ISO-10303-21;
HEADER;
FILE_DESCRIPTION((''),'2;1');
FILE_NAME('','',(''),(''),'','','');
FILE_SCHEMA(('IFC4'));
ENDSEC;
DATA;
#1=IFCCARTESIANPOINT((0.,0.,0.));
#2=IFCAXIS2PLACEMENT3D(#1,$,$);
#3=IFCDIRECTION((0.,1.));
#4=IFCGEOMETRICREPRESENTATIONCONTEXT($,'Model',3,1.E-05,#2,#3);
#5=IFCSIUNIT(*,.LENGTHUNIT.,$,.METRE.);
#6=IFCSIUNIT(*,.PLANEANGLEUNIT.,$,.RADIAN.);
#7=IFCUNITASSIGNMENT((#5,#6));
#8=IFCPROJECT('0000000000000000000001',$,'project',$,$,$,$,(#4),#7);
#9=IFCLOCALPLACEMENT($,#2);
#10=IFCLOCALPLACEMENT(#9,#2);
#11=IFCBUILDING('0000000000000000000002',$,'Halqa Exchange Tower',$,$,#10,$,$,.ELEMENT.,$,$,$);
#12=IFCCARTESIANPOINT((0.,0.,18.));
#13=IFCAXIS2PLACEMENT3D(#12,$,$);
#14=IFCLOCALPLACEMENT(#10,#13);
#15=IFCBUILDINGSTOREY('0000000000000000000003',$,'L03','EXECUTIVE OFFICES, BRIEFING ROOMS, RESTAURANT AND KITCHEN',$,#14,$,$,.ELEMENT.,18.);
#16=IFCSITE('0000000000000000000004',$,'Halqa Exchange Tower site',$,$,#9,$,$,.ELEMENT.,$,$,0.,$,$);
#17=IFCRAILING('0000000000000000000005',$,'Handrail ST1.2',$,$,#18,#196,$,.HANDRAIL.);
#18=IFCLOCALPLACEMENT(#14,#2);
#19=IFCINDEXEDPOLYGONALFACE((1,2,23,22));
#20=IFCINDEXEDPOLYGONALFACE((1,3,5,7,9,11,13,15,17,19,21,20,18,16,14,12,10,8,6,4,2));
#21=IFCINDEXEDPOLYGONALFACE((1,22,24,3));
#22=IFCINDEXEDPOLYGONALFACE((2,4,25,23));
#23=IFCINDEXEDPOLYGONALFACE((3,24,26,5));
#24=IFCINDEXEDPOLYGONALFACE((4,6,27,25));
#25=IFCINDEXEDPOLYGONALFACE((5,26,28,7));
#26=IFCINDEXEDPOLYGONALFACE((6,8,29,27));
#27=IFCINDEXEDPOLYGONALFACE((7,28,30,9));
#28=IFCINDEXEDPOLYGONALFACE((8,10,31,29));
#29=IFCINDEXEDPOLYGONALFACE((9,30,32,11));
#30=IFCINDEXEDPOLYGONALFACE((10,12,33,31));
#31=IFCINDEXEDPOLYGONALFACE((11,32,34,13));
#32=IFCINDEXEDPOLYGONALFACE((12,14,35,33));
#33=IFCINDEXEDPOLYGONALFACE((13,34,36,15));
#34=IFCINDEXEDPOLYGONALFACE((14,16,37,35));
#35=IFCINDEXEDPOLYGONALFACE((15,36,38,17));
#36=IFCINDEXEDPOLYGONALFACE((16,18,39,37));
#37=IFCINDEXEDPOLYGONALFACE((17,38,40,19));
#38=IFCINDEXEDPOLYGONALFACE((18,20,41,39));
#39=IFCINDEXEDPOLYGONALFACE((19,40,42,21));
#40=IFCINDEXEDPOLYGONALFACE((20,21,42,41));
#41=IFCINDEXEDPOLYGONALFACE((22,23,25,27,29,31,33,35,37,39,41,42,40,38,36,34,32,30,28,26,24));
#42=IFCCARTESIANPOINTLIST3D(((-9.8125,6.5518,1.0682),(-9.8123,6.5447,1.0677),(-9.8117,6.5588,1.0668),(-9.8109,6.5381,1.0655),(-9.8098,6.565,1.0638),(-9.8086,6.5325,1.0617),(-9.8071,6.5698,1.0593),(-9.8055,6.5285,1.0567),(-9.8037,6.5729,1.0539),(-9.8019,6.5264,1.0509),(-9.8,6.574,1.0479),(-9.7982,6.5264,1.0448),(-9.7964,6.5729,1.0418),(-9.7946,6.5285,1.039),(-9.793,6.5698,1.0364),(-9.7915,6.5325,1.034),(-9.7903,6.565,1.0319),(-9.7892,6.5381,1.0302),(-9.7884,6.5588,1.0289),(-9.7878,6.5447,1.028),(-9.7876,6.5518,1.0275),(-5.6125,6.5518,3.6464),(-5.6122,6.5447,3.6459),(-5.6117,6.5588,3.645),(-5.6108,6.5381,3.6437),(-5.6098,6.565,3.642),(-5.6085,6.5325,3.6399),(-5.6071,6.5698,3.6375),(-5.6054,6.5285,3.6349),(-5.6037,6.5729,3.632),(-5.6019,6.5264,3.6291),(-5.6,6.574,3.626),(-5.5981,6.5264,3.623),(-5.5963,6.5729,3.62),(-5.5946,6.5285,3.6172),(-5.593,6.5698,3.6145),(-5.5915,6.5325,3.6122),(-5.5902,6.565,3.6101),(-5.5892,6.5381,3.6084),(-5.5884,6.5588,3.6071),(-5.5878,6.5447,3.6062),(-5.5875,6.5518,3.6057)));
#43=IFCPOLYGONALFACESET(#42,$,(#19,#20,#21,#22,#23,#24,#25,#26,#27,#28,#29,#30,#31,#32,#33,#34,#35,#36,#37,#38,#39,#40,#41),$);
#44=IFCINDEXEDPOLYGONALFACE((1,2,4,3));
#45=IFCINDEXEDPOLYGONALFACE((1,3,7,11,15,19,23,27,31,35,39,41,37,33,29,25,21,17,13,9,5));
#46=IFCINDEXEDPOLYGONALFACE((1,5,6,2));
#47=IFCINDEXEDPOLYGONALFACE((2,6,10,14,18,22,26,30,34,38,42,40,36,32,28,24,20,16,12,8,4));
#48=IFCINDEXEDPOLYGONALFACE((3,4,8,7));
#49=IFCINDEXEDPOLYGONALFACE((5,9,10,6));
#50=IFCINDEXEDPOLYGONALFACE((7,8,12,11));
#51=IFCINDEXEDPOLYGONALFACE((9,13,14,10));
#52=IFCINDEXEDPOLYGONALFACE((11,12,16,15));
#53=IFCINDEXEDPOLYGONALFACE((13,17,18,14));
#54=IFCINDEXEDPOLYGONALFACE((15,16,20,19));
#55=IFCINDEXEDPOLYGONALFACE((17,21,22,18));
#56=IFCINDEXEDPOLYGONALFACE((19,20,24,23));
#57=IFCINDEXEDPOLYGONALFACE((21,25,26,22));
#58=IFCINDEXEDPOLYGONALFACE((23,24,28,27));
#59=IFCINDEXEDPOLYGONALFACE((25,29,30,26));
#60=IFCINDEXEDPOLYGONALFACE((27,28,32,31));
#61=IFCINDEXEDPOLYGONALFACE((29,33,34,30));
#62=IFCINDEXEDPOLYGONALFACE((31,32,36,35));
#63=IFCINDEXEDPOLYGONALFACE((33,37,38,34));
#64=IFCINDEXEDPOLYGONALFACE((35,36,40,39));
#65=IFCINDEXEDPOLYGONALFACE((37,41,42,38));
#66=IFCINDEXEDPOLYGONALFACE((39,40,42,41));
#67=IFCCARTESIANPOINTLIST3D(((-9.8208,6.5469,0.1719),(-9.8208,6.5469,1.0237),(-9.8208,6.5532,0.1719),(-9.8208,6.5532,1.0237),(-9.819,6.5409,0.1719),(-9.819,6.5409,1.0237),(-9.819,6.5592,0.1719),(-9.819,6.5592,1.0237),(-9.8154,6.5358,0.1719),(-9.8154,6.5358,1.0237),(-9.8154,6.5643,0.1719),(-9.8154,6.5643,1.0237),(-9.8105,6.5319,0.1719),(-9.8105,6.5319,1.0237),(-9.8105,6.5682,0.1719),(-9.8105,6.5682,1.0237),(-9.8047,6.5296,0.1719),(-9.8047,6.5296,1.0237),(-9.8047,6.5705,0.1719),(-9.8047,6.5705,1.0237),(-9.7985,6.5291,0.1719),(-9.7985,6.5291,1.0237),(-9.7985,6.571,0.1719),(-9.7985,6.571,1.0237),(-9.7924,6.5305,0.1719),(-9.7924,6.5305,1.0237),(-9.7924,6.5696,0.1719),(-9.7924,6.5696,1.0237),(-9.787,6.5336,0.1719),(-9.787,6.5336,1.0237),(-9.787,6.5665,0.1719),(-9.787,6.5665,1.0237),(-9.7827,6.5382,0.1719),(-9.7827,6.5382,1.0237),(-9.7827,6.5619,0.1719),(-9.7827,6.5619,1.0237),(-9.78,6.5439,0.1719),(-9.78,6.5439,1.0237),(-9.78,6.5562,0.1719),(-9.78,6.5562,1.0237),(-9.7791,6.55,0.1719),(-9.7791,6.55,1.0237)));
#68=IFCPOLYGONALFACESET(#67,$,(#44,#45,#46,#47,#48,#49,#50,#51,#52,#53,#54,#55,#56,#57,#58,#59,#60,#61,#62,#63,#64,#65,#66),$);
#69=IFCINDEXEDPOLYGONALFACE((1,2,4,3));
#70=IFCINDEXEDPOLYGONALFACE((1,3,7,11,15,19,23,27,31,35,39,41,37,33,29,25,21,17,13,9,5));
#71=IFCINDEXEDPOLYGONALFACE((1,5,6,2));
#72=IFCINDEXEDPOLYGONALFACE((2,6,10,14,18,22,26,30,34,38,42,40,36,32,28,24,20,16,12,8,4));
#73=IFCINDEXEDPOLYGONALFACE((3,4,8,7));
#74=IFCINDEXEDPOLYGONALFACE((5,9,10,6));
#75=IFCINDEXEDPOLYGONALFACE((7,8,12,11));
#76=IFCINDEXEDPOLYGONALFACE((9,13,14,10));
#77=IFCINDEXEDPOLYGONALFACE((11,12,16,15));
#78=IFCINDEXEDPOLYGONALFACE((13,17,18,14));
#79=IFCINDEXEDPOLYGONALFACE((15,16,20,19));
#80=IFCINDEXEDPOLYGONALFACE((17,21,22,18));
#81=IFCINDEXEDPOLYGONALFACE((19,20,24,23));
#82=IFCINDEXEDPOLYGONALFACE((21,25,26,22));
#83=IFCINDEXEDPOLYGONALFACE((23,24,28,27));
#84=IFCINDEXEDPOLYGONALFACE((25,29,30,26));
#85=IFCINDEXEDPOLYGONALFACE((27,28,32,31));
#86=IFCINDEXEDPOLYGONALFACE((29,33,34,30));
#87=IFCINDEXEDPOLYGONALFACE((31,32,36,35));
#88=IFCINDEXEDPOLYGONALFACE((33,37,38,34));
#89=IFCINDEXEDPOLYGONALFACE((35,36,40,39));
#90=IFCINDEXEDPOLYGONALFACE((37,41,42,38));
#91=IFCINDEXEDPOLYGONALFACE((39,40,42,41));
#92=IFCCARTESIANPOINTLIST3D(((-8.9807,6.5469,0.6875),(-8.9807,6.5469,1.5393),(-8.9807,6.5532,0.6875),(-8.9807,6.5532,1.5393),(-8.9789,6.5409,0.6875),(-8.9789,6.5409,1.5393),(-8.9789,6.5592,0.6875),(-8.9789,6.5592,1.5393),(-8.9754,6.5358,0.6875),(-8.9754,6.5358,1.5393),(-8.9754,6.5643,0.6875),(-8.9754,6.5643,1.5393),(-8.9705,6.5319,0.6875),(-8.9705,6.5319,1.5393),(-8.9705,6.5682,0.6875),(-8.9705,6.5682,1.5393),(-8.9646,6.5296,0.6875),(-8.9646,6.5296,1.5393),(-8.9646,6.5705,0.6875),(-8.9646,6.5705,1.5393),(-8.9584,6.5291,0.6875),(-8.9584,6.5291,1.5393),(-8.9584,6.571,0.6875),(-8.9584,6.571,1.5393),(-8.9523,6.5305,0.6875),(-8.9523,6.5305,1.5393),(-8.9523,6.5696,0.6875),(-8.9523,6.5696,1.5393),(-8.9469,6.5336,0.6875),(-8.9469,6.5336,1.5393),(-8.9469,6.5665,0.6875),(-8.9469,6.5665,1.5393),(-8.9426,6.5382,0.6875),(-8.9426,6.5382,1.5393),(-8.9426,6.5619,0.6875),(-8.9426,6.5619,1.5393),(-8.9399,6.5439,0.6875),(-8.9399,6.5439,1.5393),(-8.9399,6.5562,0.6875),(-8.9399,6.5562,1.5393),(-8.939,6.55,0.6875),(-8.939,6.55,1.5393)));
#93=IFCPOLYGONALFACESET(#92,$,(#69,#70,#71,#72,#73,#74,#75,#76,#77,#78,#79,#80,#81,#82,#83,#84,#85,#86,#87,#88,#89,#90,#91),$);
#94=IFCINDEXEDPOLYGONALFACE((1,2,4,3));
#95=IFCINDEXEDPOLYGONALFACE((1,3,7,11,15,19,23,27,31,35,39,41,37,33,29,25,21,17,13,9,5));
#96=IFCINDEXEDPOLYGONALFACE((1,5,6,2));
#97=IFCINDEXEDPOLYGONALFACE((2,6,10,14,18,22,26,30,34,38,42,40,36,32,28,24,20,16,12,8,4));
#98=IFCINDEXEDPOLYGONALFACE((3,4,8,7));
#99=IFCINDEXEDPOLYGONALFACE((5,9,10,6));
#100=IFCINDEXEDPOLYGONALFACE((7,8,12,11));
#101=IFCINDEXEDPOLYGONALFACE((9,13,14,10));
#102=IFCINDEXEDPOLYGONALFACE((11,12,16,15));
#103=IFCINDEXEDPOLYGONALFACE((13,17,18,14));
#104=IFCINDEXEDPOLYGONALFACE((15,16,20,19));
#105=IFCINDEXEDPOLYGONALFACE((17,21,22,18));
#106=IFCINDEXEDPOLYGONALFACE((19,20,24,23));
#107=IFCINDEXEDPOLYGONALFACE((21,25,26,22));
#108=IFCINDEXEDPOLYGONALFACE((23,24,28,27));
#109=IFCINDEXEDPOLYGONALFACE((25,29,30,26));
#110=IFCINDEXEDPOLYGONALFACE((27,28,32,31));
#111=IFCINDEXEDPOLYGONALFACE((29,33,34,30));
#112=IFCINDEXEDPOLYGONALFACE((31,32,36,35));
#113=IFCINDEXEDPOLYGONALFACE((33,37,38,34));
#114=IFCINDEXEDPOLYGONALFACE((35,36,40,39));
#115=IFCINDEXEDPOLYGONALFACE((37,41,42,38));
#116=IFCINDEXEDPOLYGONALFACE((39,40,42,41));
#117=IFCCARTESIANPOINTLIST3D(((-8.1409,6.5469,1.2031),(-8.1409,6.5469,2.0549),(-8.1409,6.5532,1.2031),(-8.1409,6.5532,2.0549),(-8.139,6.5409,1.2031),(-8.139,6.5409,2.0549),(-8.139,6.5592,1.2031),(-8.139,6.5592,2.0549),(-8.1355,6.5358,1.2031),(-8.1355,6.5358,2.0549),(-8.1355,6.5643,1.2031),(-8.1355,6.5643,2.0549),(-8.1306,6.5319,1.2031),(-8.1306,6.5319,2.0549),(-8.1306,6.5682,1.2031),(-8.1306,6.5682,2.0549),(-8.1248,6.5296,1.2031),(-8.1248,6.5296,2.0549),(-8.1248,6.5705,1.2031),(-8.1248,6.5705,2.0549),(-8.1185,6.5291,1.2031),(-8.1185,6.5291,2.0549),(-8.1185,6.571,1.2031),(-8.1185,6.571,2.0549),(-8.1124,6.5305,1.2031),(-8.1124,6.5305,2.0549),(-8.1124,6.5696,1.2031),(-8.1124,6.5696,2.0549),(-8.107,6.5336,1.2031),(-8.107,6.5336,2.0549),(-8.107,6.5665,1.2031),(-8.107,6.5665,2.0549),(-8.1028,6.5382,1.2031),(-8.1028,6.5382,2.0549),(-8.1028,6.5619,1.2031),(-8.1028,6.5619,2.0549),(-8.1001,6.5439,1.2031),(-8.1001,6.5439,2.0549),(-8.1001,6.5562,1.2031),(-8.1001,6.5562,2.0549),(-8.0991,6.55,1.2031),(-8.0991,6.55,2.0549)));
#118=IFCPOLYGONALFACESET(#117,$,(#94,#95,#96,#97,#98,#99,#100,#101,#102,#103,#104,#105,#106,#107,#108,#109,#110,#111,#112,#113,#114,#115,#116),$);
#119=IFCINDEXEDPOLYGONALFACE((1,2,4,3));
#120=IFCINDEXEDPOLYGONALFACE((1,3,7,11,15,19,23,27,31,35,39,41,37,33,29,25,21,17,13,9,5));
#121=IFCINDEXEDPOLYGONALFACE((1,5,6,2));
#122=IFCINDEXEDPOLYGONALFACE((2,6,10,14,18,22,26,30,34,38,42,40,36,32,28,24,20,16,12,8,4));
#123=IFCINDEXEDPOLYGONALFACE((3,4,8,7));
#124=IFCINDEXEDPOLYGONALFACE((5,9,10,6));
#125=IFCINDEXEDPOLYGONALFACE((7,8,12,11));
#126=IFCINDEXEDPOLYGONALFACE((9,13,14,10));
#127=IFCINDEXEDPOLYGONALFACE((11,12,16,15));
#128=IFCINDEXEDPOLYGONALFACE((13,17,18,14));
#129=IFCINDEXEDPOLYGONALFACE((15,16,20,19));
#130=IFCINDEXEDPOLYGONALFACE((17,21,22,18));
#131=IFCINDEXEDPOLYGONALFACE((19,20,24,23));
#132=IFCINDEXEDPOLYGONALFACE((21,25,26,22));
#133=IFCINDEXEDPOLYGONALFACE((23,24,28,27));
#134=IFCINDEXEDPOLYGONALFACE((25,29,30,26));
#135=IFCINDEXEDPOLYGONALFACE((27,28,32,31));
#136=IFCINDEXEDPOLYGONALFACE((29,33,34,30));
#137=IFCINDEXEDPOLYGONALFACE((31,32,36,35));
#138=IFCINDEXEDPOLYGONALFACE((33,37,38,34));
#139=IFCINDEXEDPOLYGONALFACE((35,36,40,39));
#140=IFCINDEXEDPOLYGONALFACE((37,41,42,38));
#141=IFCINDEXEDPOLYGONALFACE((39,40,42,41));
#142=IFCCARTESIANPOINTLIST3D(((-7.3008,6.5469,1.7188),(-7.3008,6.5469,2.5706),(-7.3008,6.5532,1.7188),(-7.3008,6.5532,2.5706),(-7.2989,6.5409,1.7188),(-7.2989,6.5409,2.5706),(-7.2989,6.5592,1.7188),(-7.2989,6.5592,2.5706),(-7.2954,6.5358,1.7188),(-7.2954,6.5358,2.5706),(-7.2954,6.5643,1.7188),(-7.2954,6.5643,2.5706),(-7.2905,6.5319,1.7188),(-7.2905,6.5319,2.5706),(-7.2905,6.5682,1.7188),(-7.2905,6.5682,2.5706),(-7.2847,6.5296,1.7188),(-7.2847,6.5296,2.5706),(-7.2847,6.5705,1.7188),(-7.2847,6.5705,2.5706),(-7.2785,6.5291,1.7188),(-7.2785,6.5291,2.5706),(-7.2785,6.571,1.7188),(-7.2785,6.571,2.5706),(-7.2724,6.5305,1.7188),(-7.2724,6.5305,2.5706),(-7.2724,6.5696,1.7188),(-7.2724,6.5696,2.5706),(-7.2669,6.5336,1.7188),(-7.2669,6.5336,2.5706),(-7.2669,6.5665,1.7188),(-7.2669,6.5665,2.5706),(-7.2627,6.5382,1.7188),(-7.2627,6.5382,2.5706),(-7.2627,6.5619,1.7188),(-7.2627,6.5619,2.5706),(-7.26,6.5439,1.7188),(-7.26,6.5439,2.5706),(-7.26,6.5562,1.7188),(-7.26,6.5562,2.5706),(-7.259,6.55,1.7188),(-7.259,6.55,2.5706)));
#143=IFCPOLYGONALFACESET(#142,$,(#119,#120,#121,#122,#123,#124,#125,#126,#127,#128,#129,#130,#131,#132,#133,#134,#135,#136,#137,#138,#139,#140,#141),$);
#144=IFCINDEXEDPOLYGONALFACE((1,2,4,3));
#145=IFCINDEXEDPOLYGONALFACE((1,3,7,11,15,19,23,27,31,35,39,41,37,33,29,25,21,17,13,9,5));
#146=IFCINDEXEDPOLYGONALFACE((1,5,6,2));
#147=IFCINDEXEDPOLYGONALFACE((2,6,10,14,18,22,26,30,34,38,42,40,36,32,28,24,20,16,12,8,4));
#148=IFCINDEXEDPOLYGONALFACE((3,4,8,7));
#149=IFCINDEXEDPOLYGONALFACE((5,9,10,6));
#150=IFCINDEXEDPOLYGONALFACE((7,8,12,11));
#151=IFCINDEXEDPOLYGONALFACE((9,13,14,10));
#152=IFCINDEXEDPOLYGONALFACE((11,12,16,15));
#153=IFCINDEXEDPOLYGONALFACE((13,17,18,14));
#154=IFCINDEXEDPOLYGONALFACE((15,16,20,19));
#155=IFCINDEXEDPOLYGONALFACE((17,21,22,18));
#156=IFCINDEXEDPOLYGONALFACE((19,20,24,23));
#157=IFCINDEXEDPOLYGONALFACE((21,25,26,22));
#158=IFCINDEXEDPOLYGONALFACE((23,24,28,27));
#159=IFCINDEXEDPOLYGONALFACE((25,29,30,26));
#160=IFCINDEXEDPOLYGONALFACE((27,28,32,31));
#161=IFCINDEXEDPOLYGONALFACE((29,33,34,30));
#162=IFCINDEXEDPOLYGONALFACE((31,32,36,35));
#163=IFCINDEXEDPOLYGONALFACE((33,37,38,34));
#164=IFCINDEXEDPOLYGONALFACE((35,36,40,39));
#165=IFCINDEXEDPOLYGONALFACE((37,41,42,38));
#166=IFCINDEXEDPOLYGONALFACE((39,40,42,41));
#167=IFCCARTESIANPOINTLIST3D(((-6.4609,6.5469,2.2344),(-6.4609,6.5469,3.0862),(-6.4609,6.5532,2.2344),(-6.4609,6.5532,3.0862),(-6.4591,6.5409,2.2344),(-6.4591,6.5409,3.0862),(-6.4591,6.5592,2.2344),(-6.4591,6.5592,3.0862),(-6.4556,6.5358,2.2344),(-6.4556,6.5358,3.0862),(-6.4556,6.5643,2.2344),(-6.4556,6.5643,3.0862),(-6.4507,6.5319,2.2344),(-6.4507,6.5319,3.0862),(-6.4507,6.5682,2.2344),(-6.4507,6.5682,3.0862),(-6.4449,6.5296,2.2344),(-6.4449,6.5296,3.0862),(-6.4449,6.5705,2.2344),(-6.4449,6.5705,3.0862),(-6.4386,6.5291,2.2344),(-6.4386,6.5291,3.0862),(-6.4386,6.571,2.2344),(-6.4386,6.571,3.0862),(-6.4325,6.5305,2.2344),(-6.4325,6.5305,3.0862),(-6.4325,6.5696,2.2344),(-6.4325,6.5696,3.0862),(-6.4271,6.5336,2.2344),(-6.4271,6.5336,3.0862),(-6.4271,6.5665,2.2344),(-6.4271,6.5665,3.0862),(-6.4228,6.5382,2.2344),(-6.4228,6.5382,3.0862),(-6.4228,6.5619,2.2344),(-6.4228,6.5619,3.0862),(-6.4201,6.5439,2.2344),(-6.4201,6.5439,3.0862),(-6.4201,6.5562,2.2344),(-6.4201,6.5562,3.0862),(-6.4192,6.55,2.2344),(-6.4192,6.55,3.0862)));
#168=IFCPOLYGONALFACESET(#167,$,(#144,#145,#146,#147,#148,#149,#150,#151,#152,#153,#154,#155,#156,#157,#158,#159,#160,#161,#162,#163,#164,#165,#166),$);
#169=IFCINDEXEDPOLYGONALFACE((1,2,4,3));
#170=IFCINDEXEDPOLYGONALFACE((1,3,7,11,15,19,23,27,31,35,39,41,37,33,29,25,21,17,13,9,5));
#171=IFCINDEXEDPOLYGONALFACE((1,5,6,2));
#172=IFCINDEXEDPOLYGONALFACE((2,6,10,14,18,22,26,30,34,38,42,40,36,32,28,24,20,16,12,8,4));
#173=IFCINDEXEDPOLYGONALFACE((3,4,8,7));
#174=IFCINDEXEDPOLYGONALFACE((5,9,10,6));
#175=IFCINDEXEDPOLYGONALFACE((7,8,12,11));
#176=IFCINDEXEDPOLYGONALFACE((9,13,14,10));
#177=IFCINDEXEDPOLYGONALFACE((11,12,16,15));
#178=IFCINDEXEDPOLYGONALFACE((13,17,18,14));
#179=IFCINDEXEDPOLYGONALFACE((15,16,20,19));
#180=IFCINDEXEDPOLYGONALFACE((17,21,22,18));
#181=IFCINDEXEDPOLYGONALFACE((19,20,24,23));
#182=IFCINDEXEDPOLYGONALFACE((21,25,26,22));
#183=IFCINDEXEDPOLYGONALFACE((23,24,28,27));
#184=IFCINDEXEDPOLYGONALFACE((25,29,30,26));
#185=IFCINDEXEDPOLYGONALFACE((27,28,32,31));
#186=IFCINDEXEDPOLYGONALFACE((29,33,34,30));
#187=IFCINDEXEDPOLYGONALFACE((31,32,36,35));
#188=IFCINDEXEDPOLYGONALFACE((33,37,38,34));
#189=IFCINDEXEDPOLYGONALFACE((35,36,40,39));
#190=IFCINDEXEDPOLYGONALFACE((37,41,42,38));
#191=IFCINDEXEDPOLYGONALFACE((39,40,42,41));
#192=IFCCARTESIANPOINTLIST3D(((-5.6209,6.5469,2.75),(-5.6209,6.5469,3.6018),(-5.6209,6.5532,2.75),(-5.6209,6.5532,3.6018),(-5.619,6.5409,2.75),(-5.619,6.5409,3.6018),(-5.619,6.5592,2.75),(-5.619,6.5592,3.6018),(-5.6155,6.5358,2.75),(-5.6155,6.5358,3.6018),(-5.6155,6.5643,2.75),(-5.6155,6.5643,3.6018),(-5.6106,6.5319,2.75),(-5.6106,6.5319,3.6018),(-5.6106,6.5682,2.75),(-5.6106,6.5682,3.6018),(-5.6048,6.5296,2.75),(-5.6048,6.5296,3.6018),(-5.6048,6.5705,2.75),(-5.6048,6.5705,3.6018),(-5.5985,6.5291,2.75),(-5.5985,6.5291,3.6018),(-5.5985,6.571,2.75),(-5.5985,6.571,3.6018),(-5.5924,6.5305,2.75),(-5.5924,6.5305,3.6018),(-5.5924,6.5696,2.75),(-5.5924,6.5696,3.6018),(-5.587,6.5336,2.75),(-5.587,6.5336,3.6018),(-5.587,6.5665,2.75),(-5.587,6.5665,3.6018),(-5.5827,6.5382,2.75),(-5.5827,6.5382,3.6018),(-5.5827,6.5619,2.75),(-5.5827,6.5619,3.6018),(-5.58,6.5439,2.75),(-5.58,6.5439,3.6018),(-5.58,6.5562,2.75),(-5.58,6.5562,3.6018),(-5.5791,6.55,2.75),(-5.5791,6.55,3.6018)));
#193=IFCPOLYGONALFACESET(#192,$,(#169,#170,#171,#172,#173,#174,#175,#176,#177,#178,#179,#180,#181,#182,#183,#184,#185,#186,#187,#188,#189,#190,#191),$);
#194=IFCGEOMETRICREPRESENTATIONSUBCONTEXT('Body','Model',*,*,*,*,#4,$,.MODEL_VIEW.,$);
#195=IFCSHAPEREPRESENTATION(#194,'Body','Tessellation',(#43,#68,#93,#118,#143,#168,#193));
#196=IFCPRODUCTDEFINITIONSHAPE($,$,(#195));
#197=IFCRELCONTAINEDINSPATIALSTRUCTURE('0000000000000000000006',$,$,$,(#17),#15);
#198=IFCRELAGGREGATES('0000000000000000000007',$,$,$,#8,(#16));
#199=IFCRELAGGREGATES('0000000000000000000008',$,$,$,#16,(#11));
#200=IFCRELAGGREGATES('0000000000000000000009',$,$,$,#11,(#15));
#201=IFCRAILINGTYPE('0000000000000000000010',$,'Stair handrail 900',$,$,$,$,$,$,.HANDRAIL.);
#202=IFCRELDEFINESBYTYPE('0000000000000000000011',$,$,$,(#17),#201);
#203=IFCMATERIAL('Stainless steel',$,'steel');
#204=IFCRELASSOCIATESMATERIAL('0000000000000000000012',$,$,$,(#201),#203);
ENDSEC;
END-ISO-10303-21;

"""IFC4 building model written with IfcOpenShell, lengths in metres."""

from ifc_helpers import new_model, si_unit, direction, frame, origin, origin_2d, place, context, subcontext, project, spatial, circle, extrude, material, type_object, element, save


model = new_model("IFC4")

# Units and contexts
model_context = context("Model", 3, precision=1e-05, world=origin(), true_north=direction((0.0, 1.0)))
body_context = subcontext(model_context, "Body", "Model", "MODEL_VIEW")
ifc_project = project(units=[si_unit("LENGTHUNIT", "METRE"), si_unit("PLANEANGLEUNIT", "RADIAN")], contexts=[model_context])

# Site, building, storey
site_placement = place(None, origin())
site = spatial("IfcSite", under=ifc_project, at=site_placement, Name="Halqa Exchange Tower site", CompositionType="ELEMENT", RefElevation=0.0)
building_placement = place(site_placement, origin())
building = spatial("IfcBuilding", under=site, at=building_placement, Name="Halqa Exchange Tower", CompositionType="ELEMENT")
storey_placement = place(building_placement, frame((0.0, 0.0, 18.0)))
storey = spatial("IfcBuildingStorey", under=building, at=storey_placement, Name="L03", Description="EXECUTIVE OFFICES, BRIEFING ROOMS, RESTAURANT AND KITCHEN", CompositionType="ELEMENT", Elevation=18.0)

# Shared definitions
ifc_material_1 = material(Name="Stainless steel", Category="steel")

# Railing
railing_type_1 = type_object("IfcRailingType", Name="Stair handrail 900", PredefinedType="HANDRAIL", material=ifc_material_1)
railing_1_placement = place(storey_placement, frame((-9.8, 6.55, 0.1719)))
element("IfcRailing", 1, at=railing_1_placement, inside=storey, type_object=railing_type_1, Name="Handrail ST1.2", PredefinedType="HANDRAIL", context=body_context, shape_type="SweptSolid", body=[
    extrude(circle(Radius=0.0239, at=origin_2d()), frame((0.0, 0.0, 0.876), z_axis=(0.852243, 0.0, 0.523146), x_axis=(0.0, 1.0, 0.0)), (0.0, 0.0, 1.0), 4.9282),
    extrude(circle(Radius=0.021, at=origin_2d()), origin(), (0.0, 0.0, 1.0), 0.8518),
    extrude(circle(Radius=0.021, at=origin_2d()), frame((0.8401, 0.0, 0.5156)), (0.0, 0.0, 1.0), 0.8518),
    extrude(circle(Radius=0.021, at=origin_2d()), frame((1.6799, 0.0, 1.0312)), (0.0, 0.0, 1.0), 0.8518),
    extrude(circle(Radius=0.021, at=origin_2d()), frame((2.52, 0.0, 1.5469)), (0.0, 0.0, 1.0), 0.8518),
    extrude(circle(Radius=0.021, at=origin_2d()), frame((3.3599, 0.0, 2.0625)), (0.0, 0.0, 1.0), 0.8518),
    extrude(circle(Radius=0.021, at=origin_2d()), frame((4.2, 0.0, 2.5781)), (0.0, 0.0, 1.0), 0.8518),
])

save(model, "model.ifc")
